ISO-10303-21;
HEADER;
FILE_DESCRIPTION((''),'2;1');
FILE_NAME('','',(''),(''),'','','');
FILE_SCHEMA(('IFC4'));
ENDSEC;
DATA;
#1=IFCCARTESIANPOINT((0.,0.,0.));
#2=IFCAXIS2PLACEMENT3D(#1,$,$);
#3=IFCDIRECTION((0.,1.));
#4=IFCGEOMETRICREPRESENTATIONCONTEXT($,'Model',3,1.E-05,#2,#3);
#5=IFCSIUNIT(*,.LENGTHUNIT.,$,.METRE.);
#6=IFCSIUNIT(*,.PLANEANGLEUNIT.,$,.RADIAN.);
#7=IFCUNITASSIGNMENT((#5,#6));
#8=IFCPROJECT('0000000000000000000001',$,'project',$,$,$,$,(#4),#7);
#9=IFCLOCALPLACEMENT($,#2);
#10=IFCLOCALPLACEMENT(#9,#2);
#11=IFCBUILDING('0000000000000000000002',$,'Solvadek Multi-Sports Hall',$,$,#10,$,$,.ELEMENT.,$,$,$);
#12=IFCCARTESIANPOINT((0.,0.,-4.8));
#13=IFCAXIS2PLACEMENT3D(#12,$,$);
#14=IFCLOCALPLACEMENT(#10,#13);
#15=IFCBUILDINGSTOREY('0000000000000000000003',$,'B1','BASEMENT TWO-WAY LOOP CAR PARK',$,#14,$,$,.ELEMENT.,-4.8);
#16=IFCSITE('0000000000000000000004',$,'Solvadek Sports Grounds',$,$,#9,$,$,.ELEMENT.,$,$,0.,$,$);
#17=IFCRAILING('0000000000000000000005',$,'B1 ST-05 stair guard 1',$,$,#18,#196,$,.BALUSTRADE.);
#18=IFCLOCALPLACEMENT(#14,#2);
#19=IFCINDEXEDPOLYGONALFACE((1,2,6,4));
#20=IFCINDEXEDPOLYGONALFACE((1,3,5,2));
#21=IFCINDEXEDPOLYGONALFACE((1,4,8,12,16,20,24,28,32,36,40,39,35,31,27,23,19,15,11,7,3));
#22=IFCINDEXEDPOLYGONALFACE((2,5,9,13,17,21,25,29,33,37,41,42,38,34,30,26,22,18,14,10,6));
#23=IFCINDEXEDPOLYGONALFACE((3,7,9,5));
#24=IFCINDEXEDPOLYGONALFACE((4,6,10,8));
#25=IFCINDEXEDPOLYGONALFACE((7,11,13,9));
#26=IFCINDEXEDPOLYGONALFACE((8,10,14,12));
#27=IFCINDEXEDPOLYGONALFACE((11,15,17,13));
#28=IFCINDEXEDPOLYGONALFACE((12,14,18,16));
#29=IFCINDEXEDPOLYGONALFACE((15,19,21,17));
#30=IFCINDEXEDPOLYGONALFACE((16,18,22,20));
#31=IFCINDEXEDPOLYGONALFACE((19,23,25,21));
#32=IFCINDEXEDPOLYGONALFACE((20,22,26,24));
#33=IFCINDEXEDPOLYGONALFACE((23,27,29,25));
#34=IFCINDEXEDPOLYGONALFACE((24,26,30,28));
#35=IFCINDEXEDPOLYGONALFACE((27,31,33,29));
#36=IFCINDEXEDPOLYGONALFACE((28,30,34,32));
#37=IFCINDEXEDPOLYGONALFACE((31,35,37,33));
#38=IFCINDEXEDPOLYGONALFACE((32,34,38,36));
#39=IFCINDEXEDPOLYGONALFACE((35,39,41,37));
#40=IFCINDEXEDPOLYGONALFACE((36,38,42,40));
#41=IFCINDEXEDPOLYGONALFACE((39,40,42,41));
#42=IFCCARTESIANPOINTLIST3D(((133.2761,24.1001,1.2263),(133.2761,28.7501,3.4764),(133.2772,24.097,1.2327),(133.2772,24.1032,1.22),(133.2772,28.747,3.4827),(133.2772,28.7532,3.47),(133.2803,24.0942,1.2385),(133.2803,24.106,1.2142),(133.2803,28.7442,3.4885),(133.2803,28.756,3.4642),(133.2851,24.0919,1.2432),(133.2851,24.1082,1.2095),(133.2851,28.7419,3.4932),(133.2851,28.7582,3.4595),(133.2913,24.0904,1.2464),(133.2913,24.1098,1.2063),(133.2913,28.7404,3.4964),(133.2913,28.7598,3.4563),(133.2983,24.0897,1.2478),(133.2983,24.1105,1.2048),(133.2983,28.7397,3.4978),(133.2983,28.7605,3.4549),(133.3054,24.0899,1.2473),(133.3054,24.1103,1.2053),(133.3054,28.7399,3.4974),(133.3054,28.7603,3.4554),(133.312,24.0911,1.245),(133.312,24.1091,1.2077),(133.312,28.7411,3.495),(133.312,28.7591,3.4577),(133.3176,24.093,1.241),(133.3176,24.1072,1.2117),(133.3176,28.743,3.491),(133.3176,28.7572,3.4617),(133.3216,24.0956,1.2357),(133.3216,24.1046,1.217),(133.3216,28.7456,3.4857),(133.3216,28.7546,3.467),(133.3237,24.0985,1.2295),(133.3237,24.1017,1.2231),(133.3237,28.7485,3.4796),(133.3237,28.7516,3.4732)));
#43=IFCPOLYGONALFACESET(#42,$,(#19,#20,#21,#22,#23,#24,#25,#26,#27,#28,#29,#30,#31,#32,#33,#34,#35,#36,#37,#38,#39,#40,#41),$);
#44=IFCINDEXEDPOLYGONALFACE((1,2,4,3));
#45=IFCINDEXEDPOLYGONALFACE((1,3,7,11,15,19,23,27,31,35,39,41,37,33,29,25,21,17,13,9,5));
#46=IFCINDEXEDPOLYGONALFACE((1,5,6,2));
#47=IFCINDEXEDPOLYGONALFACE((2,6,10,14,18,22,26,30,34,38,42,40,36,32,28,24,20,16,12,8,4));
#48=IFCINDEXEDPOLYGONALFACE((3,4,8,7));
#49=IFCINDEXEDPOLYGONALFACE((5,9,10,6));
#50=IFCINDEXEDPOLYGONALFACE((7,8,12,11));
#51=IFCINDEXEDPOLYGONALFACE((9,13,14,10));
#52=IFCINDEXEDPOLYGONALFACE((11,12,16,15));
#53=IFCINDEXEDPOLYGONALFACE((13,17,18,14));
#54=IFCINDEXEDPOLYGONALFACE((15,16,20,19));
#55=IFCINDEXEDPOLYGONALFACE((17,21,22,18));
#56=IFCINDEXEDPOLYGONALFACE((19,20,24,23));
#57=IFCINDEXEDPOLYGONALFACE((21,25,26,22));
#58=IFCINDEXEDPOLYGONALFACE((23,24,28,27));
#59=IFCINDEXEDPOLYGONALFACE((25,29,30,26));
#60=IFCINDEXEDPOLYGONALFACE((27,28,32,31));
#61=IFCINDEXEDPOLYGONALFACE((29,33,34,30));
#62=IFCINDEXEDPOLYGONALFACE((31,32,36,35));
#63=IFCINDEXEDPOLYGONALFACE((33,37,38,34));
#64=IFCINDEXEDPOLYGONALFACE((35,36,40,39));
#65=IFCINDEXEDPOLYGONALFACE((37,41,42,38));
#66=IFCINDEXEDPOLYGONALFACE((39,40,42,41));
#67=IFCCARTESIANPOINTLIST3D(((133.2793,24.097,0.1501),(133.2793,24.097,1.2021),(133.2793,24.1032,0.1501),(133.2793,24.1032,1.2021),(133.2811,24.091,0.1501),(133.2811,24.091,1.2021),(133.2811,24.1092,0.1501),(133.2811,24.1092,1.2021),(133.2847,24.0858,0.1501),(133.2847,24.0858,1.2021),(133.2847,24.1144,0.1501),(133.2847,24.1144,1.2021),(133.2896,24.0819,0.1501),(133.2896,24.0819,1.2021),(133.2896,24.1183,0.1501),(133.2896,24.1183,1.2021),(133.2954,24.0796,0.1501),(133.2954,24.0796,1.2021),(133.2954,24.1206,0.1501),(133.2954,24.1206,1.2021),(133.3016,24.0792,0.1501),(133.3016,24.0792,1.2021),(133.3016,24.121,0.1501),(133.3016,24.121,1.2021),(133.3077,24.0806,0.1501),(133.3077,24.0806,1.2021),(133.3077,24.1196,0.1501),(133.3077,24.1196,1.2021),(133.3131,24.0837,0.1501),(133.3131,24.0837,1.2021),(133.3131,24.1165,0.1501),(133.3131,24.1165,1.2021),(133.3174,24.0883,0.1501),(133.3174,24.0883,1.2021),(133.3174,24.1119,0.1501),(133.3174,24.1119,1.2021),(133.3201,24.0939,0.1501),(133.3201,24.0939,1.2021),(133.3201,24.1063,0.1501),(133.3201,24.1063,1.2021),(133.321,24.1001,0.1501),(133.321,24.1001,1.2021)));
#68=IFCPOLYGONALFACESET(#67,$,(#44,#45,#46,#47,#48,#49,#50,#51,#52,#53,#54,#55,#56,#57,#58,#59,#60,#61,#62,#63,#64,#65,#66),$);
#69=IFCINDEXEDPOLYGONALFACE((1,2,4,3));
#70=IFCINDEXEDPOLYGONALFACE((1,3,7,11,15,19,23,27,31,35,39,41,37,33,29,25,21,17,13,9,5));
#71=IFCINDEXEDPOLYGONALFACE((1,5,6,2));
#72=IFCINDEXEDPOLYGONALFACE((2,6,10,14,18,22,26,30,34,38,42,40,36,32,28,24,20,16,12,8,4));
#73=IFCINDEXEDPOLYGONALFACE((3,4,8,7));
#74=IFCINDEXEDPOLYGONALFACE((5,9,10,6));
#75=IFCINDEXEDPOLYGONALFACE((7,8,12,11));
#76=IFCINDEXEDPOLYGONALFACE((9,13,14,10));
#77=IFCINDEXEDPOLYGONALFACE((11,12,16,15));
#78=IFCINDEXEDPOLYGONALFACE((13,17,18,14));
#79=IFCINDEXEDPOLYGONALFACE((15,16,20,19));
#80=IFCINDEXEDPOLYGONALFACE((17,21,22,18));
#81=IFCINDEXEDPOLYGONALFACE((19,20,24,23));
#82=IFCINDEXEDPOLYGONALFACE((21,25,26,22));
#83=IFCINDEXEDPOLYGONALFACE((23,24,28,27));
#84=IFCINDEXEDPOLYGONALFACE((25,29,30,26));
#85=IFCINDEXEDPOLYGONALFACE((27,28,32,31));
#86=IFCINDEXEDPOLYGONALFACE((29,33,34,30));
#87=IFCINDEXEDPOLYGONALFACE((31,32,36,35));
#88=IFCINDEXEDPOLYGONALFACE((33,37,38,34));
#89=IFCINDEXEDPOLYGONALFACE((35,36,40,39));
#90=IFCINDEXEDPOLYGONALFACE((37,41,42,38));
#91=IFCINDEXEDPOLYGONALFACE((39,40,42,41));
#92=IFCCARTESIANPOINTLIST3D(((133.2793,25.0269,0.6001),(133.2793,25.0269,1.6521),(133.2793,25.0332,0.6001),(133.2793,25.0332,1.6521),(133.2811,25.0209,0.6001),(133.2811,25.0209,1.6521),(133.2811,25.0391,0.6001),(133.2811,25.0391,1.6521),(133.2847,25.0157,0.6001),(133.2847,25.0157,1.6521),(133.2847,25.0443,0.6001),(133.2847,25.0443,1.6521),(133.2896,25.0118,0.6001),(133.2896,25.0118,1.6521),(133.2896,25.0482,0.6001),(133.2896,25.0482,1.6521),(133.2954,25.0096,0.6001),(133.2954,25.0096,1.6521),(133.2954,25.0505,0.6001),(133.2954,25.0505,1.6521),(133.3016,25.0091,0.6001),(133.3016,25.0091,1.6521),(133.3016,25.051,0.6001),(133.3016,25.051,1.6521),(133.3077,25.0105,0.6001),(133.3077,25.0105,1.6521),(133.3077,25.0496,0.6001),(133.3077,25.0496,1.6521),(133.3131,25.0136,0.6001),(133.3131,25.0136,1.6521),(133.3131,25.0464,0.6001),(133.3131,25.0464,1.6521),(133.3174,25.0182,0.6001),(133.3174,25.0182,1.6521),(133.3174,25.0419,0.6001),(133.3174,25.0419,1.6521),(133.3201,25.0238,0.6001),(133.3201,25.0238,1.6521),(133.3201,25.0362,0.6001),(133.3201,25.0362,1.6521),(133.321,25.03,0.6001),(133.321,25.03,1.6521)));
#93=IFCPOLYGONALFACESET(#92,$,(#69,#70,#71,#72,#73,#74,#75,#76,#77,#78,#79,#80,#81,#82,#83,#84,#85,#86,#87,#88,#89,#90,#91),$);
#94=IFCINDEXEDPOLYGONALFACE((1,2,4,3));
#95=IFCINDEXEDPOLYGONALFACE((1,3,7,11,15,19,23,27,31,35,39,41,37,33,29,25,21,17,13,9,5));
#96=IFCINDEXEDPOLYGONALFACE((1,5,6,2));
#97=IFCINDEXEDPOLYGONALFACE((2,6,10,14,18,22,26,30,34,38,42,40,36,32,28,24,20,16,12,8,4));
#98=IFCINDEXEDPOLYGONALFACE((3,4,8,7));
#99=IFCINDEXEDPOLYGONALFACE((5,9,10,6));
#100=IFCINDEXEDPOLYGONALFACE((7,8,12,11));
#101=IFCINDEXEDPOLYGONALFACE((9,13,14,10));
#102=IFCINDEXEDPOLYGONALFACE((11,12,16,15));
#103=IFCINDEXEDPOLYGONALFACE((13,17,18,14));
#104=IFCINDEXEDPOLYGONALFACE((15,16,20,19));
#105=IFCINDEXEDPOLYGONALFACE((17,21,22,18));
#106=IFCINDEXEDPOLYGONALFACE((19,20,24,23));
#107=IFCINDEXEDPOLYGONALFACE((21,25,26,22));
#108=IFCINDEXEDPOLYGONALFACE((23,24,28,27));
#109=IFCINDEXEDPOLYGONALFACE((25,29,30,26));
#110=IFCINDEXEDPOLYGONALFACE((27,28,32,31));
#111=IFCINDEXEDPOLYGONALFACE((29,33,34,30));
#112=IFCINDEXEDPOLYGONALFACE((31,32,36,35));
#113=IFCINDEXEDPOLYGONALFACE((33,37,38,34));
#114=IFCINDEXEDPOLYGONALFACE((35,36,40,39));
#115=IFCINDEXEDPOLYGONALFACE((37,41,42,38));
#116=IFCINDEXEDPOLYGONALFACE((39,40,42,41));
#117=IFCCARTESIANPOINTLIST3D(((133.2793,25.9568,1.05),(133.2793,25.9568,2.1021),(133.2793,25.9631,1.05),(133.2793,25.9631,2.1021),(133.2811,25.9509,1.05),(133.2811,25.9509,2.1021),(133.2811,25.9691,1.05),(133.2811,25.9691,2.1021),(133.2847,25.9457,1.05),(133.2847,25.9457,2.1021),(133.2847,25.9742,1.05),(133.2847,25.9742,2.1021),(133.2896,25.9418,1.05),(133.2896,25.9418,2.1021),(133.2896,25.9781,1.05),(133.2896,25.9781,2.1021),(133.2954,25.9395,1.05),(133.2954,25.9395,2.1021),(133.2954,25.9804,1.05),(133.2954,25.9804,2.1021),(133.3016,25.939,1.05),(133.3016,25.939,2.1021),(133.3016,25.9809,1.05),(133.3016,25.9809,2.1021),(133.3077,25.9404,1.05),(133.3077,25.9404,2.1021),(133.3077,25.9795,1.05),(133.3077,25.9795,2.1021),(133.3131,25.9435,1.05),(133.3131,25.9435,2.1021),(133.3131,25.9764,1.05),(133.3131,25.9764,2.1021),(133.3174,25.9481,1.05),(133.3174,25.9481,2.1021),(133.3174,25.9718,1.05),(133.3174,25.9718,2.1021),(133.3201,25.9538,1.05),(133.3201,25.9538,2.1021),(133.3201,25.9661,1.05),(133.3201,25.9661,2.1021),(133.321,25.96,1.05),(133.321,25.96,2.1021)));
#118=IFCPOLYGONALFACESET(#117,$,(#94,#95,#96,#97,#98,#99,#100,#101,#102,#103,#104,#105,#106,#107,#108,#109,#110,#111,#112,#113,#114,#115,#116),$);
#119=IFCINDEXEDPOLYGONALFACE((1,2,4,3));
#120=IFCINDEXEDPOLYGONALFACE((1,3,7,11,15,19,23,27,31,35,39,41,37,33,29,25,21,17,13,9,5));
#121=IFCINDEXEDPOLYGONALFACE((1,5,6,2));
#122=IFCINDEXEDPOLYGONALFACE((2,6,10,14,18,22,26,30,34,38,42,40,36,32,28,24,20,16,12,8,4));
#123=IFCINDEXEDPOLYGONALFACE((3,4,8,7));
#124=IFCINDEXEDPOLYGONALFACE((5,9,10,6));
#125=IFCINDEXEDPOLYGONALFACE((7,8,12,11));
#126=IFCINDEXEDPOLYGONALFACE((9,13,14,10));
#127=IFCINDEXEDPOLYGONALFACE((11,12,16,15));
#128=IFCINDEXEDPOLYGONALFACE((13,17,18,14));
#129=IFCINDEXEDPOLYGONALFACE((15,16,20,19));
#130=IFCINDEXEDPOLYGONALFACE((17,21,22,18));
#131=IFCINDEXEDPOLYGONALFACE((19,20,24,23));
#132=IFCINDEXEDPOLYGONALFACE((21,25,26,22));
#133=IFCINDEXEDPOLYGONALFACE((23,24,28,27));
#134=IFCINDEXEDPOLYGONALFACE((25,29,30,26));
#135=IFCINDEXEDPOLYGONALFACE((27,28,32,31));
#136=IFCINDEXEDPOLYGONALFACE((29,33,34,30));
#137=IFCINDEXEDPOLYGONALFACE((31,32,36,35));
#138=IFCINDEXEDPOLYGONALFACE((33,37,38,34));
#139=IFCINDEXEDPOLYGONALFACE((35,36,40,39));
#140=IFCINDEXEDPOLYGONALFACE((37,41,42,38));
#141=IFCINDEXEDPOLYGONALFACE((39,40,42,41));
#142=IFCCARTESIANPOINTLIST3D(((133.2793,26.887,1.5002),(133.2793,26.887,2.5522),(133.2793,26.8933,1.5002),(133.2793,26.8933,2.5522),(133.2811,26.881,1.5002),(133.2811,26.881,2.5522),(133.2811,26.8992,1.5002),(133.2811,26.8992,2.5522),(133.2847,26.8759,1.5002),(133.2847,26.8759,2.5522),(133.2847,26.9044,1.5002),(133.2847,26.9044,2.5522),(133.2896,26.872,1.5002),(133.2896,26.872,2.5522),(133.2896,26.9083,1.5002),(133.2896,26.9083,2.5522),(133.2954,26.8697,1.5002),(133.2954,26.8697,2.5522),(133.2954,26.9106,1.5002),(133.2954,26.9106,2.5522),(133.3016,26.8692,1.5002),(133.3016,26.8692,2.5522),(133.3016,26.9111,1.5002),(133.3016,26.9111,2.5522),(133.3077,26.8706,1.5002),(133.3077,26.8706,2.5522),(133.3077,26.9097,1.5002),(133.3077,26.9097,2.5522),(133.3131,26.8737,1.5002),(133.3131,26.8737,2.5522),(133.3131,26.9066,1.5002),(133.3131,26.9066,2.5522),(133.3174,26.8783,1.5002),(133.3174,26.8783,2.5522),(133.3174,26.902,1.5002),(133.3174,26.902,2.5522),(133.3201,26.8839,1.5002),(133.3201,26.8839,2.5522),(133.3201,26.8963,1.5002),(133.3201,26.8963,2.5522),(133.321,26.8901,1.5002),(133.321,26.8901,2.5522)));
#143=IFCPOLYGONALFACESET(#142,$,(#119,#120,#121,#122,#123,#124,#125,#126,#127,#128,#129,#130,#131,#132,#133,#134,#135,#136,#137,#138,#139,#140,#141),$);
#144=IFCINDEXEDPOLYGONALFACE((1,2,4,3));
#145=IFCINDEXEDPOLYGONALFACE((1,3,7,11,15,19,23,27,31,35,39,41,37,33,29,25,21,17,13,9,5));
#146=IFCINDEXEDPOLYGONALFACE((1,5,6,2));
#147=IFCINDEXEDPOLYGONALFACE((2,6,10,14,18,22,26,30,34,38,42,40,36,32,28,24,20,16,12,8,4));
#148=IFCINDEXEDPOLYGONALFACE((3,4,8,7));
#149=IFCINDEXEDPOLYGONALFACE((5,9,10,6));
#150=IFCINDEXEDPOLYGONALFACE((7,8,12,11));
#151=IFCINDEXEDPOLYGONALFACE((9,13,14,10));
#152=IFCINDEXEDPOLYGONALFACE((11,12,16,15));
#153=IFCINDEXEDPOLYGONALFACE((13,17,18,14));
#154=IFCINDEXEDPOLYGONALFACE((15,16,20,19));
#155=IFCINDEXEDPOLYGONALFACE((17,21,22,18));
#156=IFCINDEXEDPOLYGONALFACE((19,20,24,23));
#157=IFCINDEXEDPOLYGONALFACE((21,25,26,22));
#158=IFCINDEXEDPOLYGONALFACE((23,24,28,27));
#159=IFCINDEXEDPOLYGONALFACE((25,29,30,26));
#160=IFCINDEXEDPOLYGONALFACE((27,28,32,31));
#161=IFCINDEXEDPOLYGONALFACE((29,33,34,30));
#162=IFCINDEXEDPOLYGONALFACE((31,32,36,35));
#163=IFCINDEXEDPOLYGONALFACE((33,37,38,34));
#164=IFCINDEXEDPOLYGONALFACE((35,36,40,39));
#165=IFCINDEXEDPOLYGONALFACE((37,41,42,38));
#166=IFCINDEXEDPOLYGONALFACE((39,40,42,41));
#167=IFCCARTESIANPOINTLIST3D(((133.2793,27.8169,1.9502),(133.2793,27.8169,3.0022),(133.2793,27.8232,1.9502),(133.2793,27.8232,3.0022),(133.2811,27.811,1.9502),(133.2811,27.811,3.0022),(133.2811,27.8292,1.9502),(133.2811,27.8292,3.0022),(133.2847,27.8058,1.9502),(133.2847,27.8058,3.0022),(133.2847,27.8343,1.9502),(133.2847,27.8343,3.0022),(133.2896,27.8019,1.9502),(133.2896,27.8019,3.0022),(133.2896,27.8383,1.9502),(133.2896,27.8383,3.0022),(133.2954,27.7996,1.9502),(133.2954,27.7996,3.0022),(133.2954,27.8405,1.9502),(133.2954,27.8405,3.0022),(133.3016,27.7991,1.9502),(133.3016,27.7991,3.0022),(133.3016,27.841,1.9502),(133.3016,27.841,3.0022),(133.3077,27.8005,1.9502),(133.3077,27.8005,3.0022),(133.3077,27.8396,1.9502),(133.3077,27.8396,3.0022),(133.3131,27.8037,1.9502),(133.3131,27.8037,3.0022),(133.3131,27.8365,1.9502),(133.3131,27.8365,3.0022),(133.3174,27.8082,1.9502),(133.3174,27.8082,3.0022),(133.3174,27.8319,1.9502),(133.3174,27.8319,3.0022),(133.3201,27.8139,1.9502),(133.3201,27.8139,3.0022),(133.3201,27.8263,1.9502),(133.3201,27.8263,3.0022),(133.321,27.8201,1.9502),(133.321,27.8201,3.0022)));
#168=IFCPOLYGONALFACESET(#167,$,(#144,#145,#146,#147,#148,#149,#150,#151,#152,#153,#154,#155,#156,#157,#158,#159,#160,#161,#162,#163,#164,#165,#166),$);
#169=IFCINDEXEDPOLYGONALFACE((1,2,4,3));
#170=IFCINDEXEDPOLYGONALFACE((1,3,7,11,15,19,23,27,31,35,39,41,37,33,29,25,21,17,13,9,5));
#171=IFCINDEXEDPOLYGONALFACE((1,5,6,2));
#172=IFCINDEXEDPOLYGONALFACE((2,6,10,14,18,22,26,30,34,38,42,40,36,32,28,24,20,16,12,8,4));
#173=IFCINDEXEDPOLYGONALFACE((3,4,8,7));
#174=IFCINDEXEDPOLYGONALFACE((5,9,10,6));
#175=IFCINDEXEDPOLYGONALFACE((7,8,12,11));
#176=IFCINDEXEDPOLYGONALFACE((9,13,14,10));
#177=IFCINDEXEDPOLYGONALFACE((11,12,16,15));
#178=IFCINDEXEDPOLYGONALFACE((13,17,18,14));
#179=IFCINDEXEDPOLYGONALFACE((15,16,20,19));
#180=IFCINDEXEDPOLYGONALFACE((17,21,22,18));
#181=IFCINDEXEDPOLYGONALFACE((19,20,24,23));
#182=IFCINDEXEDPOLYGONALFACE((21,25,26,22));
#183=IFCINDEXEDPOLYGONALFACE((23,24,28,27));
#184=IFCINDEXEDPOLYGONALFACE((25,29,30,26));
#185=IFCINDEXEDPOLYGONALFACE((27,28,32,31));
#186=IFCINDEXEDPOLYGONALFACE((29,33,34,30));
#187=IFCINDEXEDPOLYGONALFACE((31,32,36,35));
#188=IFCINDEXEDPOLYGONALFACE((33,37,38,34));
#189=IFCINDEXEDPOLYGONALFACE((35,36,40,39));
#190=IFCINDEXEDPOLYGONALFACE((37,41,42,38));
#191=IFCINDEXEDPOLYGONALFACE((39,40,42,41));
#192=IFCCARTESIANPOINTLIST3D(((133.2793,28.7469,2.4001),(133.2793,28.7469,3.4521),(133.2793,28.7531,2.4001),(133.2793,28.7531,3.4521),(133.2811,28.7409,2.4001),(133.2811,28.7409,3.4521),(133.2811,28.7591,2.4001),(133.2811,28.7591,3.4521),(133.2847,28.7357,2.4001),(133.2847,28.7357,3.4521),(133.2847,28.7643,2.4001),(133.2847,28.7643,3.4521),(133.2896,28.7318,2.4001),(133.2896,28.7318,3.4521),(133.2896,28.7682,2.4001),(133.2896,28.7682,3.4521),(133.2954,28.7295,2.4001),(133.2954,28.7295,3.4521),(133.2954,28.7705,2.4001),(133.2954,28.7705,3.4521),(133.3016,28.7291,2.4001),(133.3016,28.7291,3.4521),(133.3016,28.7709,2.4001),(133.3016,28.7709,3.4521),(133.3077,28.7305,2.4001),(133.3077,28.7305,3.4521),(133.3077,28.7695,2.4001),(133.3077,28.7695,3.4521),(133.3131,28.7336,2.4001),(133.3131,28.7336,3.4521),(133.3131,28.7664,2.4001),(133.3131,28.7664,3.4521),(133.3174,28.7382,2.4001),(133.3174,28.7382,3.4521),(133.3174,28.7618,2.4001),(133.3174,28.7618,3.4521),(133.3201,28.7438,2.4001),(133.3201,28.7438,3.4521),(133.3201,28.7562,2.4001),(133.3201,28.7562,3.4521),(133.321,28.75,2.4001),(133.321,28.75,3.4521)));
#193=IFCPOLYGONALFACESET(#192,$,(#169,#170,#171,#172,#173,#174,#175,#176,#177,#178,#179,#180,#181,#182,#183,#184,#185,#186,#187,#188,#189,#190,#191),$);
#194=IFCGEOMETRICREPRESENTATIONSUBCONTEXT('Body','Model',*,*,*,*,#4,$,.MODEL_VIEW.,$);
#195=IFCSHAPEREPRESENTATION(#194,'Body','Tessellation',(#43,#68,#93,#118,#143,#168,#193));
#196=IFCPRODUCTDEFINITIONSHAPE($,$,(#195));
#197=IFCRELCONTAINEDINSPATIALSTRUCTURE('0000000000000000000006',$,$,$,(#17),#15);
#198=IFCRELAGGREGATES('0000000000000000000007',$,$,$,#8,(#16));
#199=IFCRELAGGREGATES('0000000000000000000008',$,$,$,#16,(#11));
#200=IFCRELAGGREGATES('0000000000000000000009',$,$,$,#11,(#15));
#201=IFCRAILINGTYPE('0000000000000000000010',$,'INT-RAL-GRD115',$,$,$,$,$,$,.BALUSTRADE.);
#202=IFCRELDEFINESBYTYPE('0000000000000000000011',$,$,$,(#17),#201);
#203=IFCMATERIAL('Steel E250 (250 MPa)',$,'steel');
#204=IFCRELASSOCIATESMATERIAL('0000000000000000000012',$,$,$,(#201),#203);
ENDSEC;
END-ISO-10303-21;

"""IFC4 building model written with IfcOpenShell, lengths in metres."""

from ifc_helpers import new_model, si_unit, direction, frame, origin, origin_2d, place, context, subcontext, project, spatial, circle, extrude, material, type_object, element, save


model = new_model("IFC4")

# Units and contexts
model_context = context("Model", 3, precision=1e-05, world=origin(), true_north=direction((0.0, 1.0)))
body_context = subcontext(model_context, "Body", "Model", "MODEL_VIEW")
ifc_project = project(units=[si_unit("LENGTHUNIT", "METRE"), si_unit("PLANEANGLEUNIT", "RADIAN")], contexts=[model_context])

# Site, building, storey
site_placement = place(None, origin())
site = spatial("IfcSite", under=ifc_project, at=site_placement, Name="Solvadek Sports Grounds", CompositionType="ELEMENT", RefElevation=0.0)
building_placement = place(site_placement, origin())
building = spatial("IfcBuilding", under=site, at=building_placement, Name="Solvadek Multi-Sports Hall", CompositionType="ELEMENT")
storey_placement = place(building_placement, frame((0.0, 0.0, -4.8)))
storey = spatial("IfcBuildingStorey", under=building, at=storey_placement, Name="B1", Description="BASEMENT TWO-WAY LOOP CAR PARK", CompositionType="ELEMENT", Elevation=-4.8)

# Railing
ifc_material_1 = material(Name="Steel E250 (250 MPa)", Category="steel")
railing_type_1 = type_object("IfcRailingType", Name="INT-RAL-GRD115", PredefinedType="BALUSTRADE", material=ifc_material_1)
railing_1_placement = place(storey_placement, frame((133.3, 24.1001, 0.1501)))
element("IfcRailing", 1, at=railing_1_placement, inside=storey, type_object=railing_type_1, Name="B1 ST-05 stair guard 1", PredefinedType="BALUSTRADE", context=body_context, shape_type="SweptSolid", body=[
    extrude(circle(Radius=0.0239, at=origin_2d()), frame((0.0, 0.0, 1.0762), z_axis=(0.0, 0.900156, 0.435568), x_axis=(-1.0, 0.0, 0.0)), (0.0, 0.0, 1.0), 5.1658),
    extrude(circle(Radius=0.021, at=origin_2d()), origin(), (0.0, 0.0, 1.0), 1.052),
    extrude(circle(Radius=0.021, at=origin_2d()), frame((0.0, 0.9299, 0.45)), (0.0, 0.0, 1.0), 1.052),
    extrude(circle(Radius=0.021, at=origin_2d()), frame((0.0, 1.8599, 0.8999)), (0.0, 0.0, 1.0), 1.052),
    extrude(circle(Radius=0.021, at=origin_2d()), frame((0.0, 2.79, 1.3501)), (0.0, 0.0, 1.0), 1.052),
    extrude(circle(Radius=0.021, at=origin_2d()), frame((0.0, 3.72, 1.8)), (0.0, 0.0, 1.0), 1.052),
    extrude(circle(Radius=0.021, at=origin_2d()), frame((0.0, 4.6499, 2.25)), (0.0, 0.0, 1.0), 1.052),
])

save(model, "model.ifc")
